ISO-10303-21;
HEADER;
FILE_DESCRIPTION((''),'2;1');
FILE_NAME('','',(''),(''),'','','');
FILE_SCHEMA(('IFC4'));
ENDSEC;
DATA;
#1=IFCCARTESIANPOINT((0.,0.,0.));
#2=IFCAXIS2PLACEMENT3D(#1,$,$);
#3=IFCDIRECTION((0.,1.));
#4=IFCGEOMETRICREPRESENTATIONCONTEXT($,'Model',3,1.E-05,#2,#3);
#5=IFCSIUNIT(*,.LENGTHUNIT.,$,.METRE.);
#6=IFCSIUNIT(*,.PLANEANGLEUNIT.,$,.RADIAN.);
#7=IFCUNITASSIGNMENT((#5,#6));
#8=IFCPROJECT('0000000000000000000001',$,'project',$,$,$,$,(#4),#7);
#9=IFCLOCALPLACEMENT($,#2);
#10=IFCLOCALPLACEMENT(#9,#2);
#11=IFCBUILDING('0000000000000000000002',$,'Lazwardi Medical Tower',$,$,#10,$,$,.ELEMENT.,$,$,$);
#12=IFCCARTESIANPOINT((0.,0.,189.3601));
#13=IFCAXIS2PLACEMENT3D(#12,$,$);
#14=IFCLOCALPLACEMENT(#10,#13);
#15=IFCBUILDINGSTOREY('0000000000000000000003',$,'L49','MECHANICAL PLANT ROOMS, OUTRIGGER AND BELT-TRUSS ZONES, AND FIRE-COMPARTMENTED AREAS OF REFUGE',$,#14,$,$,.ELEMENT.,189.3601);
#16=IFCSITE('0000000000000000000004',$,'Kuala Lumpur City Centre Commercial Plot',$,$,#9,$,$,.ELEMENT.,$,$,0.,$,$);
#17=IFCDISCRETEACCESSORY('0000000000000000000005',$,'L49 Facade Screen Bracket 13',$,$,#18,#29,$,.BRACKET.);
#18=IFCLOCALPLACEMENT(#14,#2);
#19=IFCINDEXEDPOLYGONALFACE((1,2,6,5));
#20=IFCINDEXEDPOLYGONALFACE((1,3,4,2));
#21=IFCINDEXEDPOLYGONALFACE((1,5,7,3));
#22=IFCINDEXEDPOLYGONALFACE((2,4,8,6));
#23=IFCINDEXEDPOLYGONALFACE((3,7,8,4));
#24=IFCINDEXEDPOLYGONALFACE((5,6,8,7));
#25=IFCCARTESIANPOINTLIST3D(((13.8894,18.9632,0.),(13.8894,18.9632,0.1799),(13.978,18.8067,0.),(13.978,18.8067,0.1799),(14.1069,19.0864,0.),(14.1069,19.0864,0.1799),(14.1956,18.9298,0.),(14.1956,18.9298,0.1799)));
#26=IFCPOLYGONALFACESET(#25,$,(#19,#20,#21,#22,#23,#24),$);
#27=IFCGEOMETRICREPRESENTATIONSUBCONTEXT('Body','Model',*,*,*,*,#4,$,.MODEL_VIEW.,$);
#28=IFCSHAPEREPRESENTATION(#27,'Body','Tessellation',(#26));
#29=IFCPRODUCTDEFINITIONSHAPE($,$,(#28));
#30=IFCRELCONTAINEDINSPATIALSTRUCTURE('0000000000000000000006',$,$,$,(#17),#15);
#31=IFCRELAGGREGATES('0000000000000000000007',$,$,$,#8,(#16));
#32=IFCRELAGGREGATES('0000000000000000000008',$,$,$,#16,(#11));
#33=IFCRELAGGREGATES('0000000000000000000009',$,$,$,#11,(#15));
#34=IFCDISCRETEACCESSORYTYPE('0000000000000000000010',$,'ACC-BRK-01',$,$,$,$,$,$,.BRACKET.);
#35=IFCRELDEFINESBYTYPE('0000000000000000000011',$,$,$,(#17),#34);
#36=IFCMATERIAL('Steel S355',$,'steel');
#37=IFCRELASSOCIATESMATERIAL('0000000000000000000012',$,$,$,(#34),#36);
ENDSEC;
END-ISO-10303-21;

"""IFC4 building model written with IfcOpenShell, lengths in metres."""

from ifc_helpers import new_model, si_unit, direction, frame, origin, origin_2d, place, context, subcontext, project, spatial, rectangle, extrude, material, type_object, element, save


model = new_model("IFC4")

# Units and contexts
model_context = context("Model", 3, precision=1e-05, world=origin(), true_north=direction((0.0, 1.0)))
body_context = subcontext(model_context, "Body", "Model", "MODEL_VIEW")
ifc_project = project(units=[si_unit("LENGTHUNIT", "METRE"), si_unit("PLANEANGLEUNIT", "RADIAN")], contexts=[model_context])

# Site, building, storey
site_placement = place(None, origin())
site = spatial("IfcSite", under=ifc_project, at=site_placement, Name="Kuala Lumpur City Centre Commercial Plot", CompositionType="ELEMENT", RefElevation=0.0)
building_placement = place(site_placement, origin())
building = spatial("IfcBuilding", under=site, at=building_placement, Name="Lazwardi Medical Tower", CompositionType="ELEMENT")
storey_placement = place(building_placement, frame((0.0, 0.0, 189.3601)))
storey = spatial("IfcBuildingStorey", under=building, at=storey_placement, Name="L49", Description="MECHANICAL PLANT ROOMS, OUTRIGGER AND BELT-TRUSS ZONES, AND FIRE-COMPARTMENTED AREAS OF REFUGE", CompositionType="ELEMENT", Elevation=189.3601)

# Shared definitions
ifc_material_1 = material(Name="Steel S355", Category="steel")

# Discrete accessory
discrete_accessory_type = type_object("IfcDiscreteAccessoryType", Name="ACC-BRK-01", PredefinedType="BRACKET", material=ifc_material_1)
for number, where, z_axis, x_axis, name in (
    (1, (14.0425, 18.9465, 0.0), (0.0, 0.0, 1.0), (0.492726, -0.870185, 0.0), "L49 Facade Screen Bracket 13"),
):
    element("IfcDiscreteAccessory", number, at=place(storey_placement, frame(where, z_axis=z_axis, x_axis=x_axis)), inside=storey, type_object=discrete_accessory_type, Name=name, PredefinedType="BRACKET", context=body_context, shape_type="SweptSolid", body=[
        extrude(rectangle(XDim=0.1799, YDim=0.25, at=origin_2d()), origin(), (0.0, 0.0, 1.0), 0.1799),
    ])

save(model, "model.ifc")
